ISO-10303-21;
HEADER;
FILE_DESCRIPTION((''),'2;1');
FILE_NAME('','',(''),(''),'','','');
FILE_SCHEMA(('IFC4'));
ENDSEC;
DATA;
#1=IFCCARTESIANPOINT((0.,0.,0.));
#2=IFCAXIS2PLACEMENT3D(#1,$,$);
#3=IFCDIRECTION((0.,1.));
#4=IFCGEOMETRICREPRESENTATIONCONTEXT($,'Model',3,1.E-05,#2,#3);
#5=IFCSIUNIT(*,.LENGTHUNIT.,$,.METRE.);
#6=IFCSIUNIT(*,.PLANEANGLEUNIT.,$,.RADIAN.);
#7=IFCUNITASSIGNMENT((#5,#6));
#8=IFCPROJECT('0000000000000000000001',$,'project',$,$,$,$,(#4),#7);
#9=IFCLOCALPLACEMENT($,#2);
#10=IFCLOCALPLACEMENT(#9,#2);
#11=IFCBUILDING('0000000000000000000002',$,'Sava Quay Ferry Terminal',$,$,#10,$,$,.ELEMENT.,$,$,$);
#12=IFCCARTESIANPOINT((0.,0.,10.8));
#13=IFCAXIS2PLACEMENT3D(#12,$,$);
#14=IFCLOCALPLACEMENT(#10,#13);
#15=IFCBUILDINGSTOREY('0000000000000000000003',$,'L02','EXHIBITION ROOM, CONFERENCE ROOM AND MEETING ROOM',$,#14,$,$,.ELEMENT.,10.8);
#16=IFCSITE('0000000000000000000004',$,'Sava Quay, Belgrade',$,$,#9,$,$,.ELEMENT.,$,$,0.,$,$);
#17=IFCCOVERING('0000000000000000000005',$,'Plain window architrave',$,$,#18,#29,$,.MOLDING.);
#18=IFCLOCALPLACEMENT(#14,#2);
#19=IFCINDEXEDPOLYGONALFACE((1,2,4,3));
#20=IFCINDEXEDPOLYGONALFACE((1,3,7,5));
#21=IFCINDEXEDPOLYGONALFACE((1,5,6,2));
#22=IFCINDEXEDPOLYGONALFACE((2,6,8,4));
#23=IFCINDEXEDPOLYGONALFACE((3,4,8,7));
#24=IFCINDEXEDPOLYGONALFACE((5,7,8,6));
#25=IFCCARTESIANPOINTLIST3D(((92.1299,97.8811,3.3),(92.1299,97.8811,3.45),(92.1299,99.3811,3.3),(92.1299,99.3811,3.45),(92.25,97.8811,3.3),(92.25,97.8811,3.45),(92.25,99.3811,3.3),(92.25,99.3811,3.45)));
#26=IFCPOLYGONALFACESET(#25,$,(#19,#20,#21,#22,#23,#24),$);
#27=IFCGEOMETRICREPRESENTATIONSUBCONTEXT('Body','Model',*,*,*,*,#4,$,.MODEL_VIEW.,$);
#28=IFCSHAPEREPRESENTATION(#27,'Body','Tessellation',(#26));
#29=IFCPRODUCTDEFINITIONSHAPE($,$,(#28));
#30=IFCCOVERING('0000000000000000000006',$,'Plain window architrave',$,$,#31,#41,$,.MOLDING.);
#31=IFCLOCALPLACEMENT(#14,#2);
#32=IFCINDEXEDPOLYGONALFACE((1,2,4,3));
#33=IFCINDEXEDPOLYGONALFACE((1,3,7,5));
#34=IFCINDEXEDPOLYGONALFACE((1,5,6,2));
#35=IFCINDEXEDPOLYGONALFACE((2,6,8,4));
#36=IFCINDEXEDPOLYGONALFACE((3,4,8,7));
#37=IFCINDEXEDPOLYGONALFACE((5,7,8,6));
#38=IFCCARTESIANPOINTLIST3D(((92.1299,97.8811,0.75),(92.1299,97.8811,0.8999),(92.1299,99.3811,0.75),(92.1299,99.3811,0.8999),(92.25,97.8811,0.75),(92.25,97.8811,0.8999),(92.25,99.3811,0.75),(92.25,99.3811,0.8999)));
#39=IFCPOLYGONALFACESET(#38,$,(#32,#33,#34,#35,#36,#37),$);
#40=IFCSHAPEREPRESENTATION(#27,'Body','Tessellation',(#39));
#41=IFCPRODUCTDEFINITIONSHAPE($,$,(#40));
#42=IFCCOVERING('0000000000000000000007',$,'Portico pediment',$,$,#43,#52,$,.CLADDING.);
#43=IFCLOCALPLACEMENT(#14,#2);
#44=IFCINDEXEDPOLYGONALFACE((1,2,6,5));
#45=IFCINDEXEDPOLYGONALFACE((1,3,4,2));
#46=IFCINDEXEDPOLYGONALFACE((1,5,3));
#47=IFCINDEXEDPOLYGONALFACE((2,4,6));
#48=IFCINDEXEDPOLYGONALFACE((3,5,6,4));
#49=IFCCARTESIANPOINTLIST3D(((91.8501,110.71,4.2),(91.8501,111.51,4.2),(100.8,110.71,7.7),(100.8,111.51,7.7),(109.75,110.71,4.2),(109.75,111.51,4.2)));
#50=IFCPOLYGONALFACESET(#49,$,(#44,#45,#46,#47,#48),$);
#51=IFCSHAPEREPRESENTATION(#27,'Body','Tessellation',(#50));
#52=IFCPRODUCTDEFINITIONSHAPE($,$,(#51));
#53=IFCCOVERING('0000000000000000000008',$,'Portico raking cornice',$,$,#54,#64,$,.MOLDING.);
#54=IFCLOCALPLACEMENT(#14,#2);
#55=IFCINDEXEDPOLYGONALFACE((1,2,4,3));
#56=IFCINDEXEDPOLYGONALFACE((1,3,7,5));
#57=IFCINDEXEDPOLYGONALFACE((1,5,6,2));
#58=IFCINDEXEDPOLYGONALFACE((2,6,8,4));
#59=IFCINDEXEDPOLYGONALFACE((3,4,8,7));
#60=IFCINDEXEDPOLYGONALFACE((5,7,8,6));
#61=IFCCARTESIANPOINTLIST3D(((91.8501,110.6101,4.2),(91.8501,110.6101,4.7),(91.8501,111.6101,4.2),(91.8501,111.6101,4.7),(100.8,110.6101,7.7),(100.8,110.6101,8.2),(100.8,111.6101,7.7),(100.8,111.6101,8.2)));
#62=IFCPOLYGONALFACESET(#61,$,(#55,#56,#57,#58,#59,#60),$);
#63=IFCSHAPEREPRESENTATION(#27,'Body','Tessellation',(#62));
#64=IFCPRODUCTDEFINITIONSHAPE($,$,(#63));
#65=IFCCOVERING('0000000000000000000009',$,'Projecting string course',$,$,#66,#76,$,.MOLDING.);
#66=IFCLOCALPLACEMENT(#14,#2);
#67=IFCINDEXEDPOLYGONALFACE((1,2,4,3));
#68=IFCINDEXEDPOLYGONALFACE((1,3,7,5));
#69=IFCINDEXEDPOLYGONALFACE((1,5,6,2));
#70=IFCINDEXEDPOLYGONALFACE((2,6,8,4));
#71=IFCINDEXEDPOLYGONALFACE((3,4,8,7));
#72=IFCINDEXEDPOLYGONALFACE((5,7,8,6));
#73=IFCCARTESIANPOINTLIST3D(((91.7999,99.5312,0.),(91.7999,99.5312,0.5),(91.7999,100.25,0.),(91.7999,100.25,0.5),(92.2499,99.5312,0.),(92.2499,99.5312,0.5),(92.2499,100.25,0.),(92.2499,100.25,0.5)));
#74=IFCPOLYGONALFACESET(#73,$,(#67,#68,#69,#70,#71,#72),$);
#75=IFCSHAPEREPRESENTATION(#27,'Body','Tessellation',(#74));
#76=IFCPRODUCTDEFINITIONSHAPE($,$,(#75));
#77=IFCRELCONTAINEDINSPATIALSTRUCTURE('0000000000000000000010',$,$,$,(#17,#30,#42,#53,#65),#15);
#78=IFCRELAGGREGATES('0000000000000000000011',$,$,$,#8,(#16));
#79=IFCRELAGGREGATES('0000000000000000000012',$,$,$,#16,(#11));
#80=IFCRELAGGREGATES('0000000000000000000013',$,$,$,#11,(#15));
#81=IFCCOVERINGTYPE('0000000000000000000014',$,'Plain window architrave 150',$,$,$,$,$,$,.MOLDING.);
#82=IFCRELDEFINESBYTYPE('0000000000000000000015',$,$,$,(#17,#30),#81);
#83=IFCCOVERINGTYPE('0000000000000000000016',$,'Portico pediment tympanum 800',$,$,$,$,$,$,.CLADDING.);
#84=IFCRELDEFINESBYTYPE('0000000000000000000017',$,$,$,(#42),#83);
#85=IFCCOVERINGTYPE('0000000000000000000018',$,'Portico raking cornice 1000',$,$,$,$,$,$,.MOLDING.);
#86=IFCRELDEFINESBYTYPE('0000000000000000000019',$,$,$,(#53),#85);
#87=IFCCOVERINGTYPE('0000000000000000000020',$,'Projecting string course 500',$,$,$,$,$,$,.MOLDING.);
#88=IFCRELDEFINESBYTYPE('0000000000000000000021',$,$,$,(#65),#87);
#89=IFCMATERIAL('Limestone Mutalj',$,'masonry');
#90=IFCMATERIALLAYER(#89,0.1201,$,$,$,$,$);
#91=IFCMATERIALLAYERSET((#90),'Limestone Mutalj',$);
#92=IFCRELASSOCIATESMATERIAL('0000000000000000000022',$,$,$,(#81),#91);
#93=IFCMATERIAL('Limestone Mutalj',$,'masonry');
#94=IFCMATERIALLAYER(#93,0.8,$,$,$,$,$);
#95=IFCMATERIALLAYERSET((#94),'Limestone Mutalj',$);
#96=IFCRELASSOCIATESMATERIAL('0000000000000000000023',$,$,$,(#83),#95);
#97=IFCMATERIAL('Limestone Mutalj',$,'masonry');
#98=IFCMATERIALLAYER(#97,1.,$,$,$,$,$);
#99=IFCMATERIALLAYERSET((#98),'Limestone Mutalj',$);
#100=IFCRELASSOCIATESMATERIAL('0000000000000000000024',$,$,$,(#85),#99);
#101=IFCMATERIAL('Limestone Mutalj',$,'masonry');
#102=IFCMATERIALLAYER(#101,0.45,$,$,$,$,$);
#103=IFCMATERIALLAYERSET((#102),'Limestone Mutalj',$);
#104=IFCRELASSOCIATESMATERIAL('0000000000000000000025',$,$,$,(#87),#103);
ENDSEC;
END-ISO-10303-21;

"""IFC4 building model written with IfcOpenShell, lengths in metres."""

from ifc_helpers import new_model, si_unit, direction, frame, origin, origin_2d, place, context, subcontext, project, spatial, polyline, rectangle, outline, extrude, material, layer, layer_set, type_object, element, save


model = new_model("IFC4")

# Units and contexts
model_context = context("Model", 3, precision=1e-05, world=origin(), true_north=direction((0.0, 1.0)))
body_context = subcontext(model_context, "Body", "Model", "MODEL_VIEW")
ifc_project = project(units=[si_unit("LENGTHUNIT", "METRE"), si_unit("PLANEANGLEUNIT", "RADIAN")], contexts=[model_context])

# Site, building, storey
site_placement = place(None, origin())
site = spatial("IfcSite", under=ifc_project, at=site_placement, Name="Sava Quay, Belgrade", CompositionType="ELEMENT", RefElevation=0.0)
building_placement = place(site_placement, origin())
building = spatial("IfcBuilding", under=site, at=building_placement, Name="Sava Quay Ferry Terminal", CompositionType="ELEMENT")
storey_placement = place(building_placement, frame((0.0, 0.0, 10.8)))
storey = spatial("IfcBuildingStorey", under=building, at=storey_placement, Name="L02", Description="EXHIBITION ROOM, CONFERENCE ROOM AND MEETING ROOM", CompositionType="ELEMENT", Elevation=10.8)

# Coverings
ifc_material_1 = material(Name="Limestone Mutalj", Category="masonry")
ifc_layer_1 = layer(ifc_material_1, 0.1201)
ifc_layer_set_1 = layer_set([ifc_layer_1], Name="Limestone Mutalj")
covering_type_1 = type_object("IfcCoveringType", Name="Plain window architrave 150", PredefinedType="MOLDING", material=ifc_layer_set_1)
for number, where, z_axis, x_axis, name in (
    (1, (92.1899, 98.6311, 3.3), (0.0, 0.0, 1.0), (1.0, 0.0, 0.0), "Plain window architrave"),
    (2, (92.1899, 98.6311, 0.75), (0.0, 0.0, 1.0), (1.0, 0.0, 0.0), "Plain window architrave"),
):
    element("IfcCovering", number, at=place(storey_placement, frame(where, z_axis=z_axis, x_axis=x_axis)), inside=storey, type_object=covering_type_1, Name=name, PredefinedType="MOLDING", context=body_context, shape_type="SweptSolid", body=[
        extrude(rectangle(XDim=0.1201, YDim=1.5, at=origin_2d()), origin(), (0.0, 0.0, 1.0), 0.1499),
    ])
ifc_material_2 = material(Name="Limestone Mutalj", Category="masonry")
ifc_layer_2 = layer(ifc_material_2, 0.8)
ifc_layer_set_2 = layer_set([ifc_layer_2], Name="Limestone Mutalj")
covering_type_2 = type_object("IfcCoveringType", Name="Portico pediment tympanum 800", PredefinedType="CLADDING", material=ifc_layer_set_2)
covering_1_placement = place(storey_placement, frame((91.8501, 110.71, 4.2), z_axis=(0.0, -1.0, 0.0), x_axis=(1.0, 0.0, 0.0)))
element("IfcCovering", 3, at=covering_1_placement, inside=storey, type_object=covering_type_2, Name="Portico pediment", PredefinedType="CLADDING", context=body_context, shape_type="SweptSolid", body=[
    extrude(outline(polyline([(0.0, 0.0), (17.8999, 0.0), (8.95, 3.5), (0.0, 0.0)])), origin(), (0.0, 0.0, -1.0), 0.8),
])
ifc_material_3 = material(Name="Limestone Mutalj", Category="masonry")
ifc_layer_3 = layer(ifc_material_3, 1.0)
ifc_layer_set_3 = layer_set([ifc_layer_3], Name="Limestone Mutalj")
covering_type_3 = type_object("IfcCoveringType", Name="Portico raking cornice 1000", PredefinedType="MOLDING", material=ifc_layer_set_3)
covering_2_placement = place(storey_placement, frame((91.8501, 110.6101, 4.2), z_axis=(0.0, -1.0, 0.0), x_axis=(0.931319, 0.0, 0.364205)))
element("IfcCovering", 4, at=covering_2_placement, inside=storey, type_object=covering_type_3, Name="Portico raking cornice", PredefinedType="MOLDING", context=body_context, shape_type="SweptSolid", body=[
    extrude(outline(polyline([(0.0, 0.0), (9.61, 0.0), (9.7921, 0.4657), (0.1821, 0.4657), (0.0, 0.0)])), origin(), (0.0, 0.0, -1.0), 1.0),
])
ifc_material_4 = material(Name="Limestone Mutalj", Category="masonry")
ifc_layer_4 = layer(ifc_material_4, 0.45)
ifc_layer_set_4 = layer_set([ifc_layer_4], Name="Limestone Mutalj")
covering_type_4 = type_object("IfcCoveringType", Name="Projecting string course 500", PredefinedType="MOLDING", material=ifc_layer_set_4)
covering_3_placement = place(storey_placement, frame((92.0249, 99.8906, 0.0), z_axis=(0.0, 0.0, 1.0), x_axis=(1.0, 0.0, 0.0)))
element("IfcCovering", 5, at=covering_3_placement, inside=storey, type_object=covering_type_4, Name="Projecting string course", PredefinedType="MOLDING", context=body_context, shape_type="SweptSolid", body=[
    extrude(rectangle(XDim=0.45, YDim=0.7188, at=origin_2d()), origin(), (0.0, 0.0, 1.0), 0.5),
])

save(model, "model.ifc")
